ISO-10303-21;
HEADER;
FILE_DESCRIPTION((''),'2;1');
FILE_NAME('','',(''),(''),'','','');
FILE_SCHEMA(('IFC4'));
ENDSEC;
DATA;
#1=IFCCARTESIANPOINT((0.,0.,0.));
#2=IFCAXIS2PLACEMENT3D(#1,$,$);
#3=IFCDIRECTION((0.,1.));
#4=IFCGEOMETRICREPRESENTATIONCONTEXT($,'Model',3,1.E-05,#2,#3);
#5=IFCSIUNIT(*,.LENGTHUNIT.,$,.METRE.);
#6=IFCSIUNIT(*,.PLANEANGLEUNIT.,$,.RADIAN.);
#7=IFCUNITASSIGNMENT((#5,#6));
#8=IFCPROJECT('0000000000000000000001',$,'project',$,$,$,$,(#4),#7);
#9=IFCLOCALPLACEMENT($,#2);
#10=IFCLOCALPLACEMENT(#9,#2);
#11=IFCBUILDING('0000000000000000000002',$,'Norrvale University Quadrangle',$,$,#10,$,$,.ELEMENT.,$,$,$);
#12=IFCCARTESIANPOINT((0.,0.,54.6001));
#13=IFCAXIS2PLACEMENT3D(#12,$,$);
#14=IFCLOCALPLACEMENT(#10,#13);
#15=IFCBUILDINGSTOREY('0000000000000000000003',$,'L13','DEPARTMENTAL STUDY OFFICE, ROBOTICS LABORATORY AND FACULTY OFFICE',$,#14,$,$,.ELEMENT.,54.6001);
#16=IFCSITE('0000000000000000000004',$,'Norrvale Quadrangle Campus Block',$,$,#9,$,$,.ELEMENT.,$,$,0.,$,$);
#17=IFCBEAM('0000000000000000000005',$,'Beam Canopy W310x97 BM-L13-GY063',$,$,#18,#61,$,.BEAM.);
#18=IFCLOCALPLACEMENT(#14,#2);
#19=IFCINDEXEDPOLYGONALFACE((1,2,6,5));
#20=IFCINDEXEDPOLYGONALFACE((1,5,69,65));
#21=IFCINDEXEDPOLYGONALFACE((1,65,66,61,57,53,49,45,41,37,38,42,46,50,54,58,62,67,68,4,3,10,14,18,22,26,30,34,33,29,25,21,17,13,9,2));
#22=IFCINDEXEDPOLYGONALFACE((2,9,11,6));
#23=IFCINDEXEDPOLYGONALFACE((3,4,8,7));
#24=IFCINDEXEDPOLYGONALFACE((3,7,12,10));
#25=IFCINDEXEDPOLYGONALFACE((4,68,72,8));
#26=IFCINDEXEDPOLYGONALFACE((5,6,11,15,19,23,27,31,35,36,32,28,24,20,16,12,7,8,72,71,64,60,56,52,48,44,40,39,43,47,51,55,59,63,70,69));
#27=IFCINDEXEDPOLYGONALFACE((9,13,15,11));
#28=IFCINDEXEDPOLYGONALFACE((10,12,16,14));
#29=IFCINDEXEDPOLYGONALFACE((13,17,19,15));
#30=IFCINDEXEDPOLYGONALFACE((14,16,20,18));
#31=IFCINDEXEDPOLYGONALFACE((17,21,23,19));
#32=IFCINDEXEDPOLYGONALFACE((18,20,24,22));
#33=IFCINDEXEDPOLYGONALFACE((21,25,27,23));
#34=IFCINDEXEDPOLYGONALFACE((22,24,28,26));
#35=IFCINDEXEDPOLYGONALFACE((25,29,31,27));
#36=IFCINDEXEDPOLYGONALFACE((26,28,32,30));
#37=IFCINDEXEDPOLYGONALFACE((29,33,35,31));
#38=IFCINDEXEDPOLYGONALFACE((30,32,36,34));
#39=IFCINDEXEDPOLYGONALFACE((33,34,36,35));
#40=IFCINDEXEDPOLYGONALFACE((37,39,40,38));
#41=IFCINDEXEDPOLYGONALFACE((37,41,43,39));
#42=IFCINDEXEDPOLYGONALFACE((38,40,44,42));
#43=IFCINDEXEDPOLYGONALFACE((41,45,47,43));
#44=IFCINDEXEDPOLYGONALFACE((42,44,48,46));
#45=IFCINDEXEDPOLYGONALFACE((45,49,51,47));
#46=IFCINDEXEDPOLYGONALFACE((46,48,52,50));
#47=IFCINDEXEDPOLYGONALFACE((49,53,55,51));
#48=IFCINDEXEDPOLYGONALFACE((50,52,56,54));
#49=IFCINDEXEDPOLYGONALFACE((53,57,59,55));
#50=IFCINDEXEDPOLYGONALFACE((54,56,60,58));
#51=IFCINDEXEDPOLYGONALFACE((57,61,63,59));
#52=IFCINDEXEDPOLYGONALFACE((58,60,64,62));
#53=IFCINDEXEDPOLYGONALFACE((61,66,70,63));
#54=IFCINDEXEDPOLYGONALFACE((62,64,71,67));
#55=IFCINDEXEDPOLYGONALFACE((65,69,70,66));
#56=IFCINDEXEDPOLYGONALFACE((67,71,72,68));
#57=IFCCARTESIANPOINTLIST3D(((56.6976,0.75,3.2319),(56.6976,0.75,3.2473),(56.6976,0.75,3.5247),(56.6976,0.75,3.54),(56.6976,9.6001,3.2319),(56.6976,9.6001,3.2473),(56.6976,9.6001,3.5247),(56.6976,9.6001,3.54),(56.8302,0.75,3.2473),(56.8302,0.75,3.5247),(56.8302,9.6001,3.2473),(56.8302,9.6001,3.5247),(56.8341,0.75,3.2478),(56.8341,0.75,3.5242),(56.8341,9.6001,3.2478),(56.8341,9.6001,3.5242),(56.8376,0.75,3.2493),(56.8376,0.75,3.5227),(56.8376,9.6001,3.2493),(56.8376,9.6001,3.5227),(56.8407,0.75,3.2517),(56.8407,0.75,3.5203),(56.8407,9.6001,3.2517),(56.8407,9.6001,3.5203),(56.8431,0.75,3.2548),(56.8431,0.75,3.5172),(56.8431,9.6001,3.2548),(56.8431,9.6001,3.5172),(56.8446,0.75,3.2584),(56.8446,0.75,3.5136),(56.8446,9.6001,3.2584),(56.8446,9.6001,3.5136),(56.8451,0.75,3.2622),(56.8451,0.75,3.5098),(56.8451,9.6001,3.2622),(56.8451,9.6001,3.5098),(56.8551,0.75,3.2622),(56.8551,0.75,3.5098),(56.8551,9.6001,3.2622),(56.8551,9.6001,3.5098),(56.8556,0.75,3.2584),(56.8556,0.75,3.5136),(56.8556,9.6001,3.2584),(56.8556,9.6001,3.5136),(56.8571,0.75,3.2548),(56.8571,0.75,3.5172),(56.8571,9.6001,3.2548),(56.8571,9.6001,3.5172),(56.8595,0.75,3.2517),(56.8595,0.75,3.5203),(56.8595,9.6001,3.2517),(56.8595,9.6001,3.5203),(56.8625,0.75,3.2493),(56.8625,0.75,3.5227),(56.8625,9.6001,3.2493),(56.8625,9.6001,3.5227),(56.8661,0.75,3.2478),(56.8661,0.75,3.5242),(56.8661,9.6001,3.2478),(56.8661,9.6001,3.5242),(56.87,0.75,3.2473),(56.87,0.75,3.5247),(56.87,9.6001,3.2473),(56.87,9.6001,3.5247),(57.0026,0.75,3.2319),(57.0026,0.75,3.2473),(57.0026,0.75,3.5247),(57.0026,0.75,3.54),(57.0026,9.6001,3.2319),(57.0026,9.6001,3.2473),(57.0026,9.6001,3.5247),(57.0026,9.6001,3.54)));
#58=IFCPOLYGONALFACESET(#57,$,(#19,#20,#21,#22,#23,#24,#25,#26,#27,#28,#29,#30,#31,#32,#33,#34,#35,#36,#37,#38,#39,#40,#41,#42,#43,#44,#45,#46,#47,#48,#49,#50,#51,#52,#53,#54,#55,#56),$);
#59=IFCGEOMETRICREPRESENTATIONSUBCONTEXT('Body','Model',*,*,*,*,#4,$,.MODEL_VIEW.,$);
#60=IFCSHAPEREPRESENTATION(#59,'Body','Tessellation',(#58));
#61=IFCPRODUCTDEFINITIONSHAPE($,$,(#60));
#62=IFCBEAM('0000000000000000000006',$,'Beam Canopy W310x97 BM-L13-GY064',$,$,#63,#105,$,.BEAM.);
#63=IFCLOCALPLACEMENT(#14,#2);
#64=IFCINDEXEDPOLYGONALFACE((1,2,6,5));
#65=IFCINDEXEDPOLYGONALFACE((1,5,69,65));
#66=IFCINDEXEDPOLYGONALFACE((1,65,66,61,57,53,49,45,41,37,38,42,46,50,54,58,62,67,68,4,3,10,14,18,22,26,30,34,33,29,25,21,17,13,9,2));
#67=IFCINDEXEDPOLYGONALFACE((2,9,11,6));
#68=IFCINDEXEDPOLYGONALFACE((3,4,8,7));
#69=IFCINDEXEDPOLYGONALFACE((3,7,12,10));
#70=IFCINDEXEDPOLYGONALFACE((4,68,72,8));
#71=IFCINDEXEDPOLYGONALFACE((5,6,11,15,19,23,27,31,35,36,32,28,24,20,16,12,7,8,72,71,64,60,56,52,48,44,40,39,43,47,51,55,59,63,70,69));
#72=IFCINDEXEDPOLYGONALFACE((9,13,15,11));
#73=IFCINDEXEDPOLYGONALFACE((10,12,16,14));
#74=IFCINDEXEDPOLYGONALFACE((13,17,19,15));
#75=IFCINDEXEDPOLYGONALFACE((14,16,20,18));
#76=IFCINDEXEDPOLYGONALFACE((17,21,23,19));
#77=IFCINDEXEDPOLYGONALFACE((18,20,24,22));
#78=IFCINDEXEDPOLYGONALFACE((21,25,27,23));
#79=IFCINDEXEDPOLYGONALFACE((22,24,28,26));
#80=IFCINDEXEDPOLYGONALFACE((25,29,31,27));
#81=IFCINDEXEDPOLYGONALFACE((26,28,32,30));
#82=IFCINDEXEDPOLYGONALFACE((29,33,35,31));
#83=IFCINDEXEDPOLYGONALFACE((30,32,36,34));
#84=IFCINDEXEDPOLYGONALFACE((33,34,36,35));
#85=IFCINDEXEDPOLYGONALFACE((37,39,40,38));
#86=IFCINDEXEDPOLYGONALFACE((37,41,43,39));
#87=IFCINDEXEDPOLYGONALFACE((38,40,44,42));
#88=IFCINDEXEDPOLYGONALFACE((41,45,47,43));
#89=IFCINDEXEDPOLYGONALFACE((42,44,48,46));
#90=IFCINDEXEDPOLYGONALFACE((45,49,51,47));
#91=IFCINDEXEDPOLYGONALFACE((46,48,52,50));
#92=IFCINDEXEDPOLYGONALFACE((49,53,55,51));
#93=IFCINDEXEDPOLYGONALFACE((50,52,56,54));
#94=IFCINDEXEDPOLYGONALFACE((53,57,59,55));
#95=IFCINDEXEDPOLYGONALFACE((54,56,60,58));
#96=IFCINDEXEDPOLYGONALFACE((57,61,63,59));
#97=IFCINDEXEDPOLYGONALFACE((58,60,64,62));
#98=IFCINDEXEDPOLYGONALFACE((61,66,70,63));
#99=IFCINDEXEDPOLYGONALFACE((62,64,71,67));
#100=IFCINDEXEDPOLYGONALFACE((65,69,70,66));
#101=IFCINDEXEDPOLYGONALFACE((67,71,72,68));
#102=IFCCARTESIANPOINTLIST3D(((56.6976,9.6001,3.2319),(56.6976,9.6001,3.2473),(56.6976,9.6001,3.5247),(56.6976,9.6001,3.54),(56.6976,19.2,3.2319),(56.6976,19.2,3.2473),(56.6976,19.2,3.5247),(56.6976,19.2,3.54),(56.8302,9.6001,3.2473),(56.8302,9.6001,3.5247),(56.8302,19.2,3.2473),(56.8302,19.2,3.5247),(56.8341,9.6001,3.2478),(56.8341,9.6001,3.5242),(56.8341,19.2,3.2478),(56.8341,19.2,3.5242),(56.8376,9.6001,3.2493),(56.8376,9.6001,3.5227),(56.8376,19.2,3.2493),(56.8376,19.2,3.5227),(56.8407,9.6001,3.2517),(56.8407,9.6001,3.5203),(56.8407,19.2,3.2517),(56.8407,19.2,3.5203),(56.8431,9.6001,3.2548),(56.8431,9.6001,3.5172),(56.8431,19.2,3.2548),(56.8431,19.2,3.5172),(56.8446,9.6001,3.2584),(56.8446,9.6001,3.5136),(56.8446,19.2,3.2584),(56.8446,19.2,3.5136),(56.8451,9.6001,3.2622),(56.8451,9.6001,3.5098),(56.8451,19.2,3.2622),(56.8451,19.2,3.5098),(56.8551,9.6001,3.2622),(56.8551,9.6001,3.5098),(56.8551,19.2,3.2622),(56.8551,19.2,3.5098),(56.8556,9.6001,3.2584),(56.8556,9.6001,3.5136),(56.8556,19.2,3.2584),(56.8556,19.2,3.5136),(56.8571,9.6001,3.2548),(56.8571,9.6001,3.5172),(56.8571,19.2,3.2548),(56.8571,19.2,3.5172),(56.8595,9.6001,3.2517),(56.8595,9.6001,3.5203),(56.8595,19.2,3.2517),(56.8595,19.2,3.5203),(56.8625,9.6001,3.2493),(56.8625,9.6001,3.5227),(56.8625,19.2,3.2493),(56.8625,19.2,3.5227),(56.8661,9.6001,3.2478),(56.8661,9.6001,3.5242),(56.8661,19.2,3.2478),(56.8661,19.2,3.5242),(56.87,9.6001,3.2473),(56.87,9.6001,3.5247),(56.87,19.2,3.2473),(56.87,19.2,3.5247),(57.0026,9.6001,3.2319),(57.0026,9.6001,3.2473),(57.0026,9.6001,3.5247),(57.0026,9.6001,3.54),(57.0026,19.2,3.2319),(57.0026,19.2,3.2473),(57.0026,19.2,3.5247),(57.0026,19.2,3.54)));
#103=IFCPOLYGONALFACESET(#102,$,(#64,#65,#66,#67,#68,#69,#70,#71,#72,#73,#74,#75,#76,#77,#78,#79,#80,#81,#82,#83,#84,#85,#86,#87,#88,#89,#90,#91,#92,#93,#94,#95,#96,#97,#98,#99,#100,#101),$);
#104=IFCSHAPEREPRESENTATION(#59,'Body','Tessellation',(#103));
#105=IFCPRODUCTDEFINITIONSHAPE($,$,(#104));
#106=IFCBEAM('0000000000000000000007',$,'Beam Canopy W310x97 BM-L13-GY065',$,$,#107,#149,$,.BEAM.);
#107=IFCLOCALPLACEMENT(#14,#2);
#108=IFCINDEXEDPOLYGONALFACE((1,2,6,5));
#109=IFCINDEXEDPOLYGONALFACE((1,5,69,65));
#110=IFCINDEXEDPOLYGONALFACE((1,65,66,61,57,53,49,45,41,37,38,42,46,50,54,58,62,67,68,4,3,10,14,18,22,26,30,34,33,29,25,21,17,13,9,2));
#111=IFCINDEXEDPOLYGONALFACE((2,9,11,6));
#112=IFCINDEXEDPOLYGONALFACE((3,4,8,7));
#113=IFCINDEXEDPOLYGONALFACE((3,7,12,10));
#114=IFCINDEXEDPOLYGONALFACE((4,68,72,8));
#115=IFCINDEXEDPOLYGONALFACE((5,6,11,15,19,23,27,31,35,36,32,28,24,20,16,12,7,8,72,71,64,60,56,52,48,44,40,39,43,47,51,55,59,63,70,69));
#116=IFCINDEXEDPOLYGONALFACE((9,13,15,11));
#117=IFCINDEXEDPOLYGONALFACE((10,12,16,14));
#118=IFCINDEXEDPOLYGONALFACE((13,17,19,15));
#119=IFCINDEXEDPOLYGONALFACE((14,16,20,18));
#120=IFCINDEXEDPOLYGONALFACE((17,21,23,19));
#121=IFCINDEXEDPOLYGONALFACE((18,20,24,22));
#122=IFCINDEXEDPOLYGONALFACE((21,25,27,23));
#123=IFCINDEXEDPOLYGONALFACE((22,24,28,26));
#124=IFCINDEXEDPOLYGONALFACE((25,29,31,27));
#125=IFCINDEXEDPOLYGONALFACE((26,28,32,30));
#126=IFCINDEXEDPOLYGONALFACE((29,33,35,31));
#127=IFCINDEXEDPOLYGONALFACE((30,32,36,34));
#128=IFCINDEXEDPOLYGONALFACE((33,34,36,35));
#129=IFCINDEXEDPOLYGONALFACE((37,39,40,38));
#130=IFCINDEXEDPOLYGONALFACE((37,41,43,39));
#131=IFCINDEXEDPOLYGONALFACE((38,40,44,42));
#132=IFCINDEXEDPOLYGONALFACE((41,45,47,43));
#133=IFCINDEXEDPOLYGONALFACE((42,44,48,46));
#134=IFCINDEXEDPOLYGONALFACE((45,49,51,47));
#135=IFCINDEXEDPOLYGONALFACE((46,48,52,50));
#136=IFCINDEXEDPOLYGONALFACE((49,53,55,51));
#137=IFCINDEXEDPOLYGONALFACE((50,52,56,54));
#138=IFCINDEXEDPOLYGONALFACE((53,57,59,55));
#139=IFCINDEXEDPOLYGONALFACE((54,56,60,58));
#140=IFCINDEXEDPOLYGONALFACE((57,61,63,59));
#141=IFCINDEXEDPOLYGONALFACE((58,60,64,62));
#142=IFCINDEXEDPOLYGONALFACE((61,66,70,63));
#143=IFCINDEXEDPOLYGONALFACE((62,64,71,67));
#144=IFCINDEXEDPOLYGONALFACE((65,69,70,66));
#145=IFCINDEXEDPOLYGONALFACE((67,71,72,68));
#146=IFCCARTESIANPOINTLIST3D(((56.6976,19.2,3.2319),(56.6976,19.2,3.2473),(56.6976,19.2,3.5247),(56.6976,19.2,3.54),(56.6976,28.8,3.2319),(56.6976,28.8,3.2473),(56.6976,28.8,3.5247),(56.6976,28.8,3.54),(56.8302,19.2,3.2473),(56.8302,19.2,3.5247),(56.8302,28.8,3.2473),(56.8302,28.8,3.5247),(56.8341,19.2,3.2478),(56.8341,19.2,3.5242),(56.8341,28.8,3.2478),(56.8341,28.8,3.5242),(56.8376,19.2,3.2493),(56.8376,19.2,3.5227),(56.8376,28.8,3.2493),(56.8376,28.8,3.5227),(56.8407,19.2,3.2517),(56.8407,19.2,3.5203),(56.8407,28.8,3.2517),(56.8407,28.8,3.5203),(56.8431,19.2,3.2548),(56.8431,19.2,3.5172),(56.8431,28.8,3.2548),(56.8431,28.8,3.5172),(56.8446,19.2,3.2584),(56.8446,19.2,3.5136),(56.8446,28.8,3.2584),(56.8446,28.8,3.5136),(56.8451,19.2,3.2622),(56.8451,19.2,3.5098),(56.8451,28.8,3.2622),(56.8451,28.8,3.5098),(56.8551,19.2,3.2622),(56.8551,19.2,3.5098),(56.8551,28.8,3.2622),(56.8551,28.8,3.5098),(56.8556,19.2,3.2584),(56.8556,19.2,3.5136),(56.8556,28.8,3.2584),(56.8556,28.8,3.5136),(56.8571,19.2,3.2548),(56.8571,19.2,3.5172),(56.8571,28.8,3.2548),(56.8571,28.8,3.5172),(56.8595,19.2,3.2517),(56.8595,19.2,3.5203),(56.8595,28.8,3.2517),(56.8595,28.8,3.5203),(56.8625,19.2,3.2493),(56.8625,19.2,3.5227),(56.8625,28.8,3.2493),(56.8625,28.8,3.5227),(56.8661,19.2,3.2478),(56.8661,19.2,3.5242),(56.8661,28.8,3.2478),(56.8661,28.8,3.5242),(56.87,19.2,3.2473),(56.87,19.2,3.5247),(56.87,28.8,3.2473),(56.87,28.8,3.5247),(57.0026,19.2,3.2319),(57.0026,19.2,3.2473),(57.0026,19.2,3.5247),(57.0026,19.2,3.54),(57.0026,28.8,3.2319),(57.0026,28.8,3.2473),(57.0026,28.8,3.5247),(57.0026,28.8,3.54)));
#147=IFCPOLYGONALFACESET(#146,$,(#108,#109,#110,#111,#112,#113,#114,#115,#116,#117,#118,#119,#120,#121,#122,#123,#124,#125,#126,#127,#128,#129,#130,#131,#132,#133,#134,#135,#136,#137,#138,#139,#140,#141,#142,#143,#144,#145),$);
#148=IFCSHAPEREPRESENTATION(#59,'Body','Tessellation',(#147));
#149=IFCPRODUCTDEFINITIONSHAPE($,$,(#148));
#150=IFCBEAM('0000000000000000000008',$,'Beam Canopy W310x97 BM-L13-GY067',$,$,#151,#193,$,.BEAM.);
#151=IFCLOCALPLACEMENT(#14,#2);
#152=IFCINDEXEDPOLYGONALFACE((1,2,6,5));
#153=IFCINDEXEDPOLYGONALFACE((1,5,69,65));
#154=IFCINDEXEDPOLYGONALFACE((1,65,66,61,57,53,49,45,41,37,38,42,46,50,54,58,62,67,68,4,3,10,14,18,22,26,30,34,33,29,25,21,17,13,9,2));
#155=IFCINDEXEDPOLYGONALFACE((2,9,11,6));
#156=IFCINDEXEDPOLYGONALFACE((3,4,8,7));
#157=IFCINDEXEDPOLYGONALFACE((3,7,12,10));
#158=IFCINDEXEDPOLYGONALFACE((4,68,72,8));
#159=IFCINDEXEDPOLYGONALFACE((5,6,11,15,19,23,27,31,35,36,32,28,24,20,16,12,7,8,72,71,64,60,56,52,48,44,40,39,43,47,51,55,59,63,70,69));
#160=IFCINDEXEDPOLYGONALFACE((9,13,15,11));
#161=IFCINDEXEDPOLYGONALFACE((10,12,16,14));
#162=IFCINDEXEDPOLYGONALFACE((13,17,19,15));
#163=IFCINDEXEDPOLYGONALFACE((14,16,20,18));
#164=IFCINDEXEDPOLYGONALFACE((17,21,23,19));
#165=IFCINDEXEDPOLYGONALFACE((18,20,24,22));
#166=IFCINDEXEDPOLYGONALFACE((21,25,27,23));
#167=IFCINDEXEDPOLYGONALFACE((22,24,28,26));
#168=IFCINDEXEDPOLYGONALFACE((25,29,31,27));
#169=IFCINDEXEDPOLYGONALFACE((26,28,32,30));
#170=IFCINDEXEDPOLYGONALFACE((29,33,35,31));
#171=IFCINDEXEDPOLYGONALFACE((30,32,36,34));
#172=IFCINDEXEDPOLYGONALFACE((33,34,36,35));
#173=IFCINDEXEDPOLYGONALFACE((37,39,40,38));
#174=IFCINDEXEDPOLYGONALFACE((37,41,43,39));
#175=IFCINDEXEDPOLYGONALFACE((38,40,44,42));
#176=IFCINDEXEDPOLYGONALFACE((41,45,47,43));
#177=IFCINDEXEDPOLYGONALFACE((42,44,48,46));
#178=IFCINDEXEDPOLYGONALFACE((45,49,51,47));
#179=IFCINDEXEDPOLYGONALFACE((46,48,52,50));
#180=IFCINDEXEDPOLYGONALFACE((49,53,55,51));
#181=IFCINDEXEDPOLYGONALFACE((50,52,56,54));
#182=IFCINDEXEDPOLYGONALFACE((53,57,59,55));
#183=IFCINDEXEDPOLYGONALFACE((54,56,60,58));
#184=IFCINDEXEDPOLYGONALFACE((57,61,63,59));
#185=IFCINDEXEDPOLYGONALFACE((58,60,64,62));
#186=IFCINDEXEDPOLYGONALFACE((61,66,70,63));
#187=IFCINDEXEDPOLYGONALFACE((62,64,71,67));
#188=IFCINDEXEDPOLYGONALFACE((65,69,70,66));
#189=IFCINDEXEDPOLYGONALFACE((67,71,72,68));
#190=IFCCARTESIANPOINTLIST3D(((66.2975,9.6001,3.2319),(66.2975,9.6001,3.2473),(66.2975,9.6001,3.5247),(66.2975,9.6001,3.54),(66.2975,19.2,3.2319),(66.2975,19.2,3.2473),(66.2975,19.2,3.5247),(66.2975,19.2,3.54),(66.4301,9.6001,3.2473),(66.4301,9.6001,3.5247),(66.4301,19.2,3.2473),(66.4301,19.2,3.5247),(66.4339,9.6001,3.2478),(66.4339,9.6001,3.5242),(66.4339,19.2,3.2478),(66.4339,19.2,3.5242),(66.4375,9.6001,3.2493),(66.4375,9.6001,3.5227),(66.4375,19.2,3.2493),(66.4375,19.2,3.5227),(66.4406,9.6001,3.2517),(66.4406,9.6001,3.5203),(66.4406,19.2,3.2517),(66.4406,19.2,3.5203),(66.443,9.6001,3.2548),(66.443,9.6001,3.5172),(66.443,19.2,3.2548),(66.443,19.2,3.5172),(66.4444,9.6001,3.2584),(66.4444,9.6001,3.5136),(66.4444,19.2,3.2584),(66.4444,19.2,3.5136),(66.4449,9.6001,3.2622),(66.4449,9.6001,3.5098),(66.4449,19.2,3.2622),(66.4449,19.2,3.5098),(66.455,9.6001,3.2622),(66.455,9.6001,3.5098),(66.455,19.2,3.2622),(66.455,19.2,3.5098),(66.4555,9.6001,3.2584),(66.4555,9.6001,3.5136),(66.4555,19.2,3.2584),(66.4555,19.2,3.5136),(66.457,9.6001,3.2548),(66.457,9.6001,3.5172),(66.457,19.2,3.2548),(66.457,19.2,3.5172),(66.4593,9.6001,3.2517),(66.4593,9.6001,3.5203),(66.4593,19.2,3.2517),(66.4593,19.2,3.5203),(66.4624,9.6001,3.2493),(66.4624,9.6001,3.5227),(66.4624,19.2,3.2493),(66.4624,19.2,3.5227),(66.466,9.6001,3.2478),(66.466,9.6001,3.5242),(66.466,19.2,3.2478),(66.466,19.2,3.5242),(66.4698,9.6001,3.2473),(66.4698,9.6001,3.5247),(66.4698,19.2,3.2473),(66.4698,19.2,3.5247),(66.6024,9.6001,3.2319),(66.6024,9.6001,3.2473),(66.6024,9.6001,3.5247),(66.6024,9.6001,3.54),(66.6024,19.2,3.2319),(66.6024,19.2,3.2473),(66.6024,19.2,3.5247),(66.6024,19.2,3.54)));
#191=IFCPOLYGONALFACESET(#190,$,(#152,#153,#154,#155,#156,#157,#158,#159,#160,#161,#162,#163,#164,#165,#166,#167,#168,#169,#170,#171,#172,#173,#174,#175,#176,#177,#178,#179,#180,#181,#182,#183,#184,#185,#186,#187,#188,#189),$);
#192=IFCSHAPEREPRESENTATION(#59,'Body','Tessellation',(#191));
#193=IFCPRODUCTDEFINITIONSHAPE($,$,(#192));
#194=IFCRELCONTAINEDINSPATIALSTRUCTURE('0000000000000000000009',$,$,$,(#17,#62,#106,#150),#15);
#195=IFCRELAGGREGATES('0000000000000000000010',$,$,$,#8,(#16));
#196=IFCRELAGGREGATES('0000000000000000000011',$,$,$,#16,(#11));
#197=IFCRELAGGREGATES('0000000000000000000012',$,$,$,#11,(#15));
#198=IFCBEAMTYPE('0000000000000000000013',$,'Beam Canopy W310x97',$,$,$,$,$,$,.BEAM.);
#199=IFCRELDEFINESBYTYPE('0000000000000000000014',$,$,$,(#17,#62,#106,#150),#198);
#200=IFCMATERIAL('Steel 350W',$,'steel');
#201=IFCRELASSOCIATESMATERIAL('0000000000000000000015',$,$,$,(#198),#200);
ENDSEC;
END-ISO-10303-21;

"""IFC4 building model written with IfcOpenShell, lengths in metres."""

from ifc_helpers import new_model, si_unit, direction, frame, origin, origin_2d, place, context, subcontext, project, spatial, i_section, extrude, material, material_profile, profile_set, type_object, element, save


model = new_model("IFC4")

# Units and contexts
model_context = context("Model", 3, precision=1e-05, world=origin(), true_north=direction((0.0, 1.0)))
body_context = subcontext(model_context, "Body", "Model", "MODEL_VIEW")
ifc_project = project(units=[si_unit("LENGTHUNIT", "METRE"), si_unit("PLANEANGLEUNIT", "RADIAN")], contexts=[model_context])

# Site, building, storey
site_placement = place(None, origin())
site = spatial("IfcSite", under=ifc_project, at=site_placement, Name="Norrvale Quadrangle Campus Block", CompositionType="ELEMENT", RefElevation=0.0)
building_placement = place(site_placement, origin())
building = spatial("IfcBuilding", under=site, at=building_placement, Name="Norrvale University Quadrangle", CompositionType="ELEMENT")
storey_placement = place(building_placement, frame((0.0, 0.0, 54.6001)))
storey = spatial("IfcBuildingStorey", under=building, at=storey_placement, Name="L13", Description="DEPARTMENTAL STUDY OFFICE, ROBOTICS LABORATORY AND FACULTY OFFICE", CompositionType="ELEMENT", Elevation=54.6001)

# Beams
ifc_material_1 = material(Name="Steel 350W", Category="steel")
ifc_material_profile_1 = material_profile(ifc_material_1, i_section(OverallWidth=0.3049, OverallDepth=0.3081, WebThickness=0.01, FlangeThickness=0.0154, FilletRadius=0.0149, at=origin_2d()), Name="Steel 350W")
ifc_profile_set_1 = profile_set([ifc_material_profile_1], Name="Steel 350W")
beam_type_1 = type_object("IfcBeamType", Name="Beam Canopy W310x97", PredefinedType="BEAM", material=ifc_profile_set_1)
beam_1_placement = place(storey_placement, frame((56.8501, 0.75, 3.386), z_axis=(0.0, 1.0, 0.0), x_axis=(-1.0, 0.0, 0.0)))
element("IfcBeam", 1, at=beam_1_placement, inside=storey, type_object=beam_type_1, Name="Beam Canopy W310x97 BM-L13-GY063", PredefinedType="BEAM", context=body_context, shape_type="SweptSolid", body=[
    extrude(i_section(OverallWidth=0.3049, OverallDepth=0.3081, WebThickness=0.01, FlangeThickness=0.0154, FilletRadius=0.0149, at=origin_2d()), origin(), (0.0, 0.0, 1.0), 8.8501),
])
beam_2_placement = place(storey_placement, frame((56.8501, 9.6001, 3.386), z_axis=(0.0, 1.0, 0.0), x_axis=(-1.0, 0.0, 0.0)))
element("IfcBeam", 2, at=beam_2_placement, inside=storey, type_object=beam_type_1, Name="Beam Canopy W310x97 BM-L13-GY064", PredefinedType="BEAM", context=body_context, shape_type="SweptSolid", body=[
    extrude(i_section(OverallWidth=0.3049, OverallDepth=0.3081, WebThickness=0.01, FlangeThickness=0.0154, FilletRadius=0.0149, at=origin_2d()), origin(), (0.0, 0.0, 1.0), 9.5999),
])
beam_3_placement = place(storey_placement, frame((56.8501, 19.2, 3.386), z_axis=(0.0, 1.0, 0.0), x_axis=(-1.0, 0.0, 0.0)))
element("IfcBeam", 3, at=beam_3_placement, inside=storey, type_object=beam_type_1, Name="Beam Canopy W310x97 BM-L13-GY065", PredefinedType="BEAM", context=body_context, shape_type="SweptSolid", body=[
    extrude(i_section(OverallWidth=0.3049, OverallDepth=0.3081, WebThickness=0.01, FlangeThickness=0.0154, FilletRadius=0.0149, at=origin_2d()), origin(), (0.0, 0.0, 1.0), 9.6001),
])
beam_4_placement = place(storey_placement, frame((66.45, 9.6001, 3.386), z_axis=(0.0, 1.0, 0.0), x_axis=(-1.0, 0.0, 0.0)))
element("IfcBeam", 4, at=beam_4_placement, inside=storey, type_object=beam_type_1, Name="Beam Canopy W310x97 BM-L13-GY067", PredefinedType="BEAM", context=body_context, shape_type="SweptSolid", body=[
    extrude(i_section(OverallWidth=0.3049, OverallDepth=0.3081, WebThickness=0.01, FlangeThickness=0.0154, FilletRadius=0.0149, at=origin_2d()), origin(), (0.0, 0.0, 1.0), 9.5999),
])

save(model, "model.ifc")
